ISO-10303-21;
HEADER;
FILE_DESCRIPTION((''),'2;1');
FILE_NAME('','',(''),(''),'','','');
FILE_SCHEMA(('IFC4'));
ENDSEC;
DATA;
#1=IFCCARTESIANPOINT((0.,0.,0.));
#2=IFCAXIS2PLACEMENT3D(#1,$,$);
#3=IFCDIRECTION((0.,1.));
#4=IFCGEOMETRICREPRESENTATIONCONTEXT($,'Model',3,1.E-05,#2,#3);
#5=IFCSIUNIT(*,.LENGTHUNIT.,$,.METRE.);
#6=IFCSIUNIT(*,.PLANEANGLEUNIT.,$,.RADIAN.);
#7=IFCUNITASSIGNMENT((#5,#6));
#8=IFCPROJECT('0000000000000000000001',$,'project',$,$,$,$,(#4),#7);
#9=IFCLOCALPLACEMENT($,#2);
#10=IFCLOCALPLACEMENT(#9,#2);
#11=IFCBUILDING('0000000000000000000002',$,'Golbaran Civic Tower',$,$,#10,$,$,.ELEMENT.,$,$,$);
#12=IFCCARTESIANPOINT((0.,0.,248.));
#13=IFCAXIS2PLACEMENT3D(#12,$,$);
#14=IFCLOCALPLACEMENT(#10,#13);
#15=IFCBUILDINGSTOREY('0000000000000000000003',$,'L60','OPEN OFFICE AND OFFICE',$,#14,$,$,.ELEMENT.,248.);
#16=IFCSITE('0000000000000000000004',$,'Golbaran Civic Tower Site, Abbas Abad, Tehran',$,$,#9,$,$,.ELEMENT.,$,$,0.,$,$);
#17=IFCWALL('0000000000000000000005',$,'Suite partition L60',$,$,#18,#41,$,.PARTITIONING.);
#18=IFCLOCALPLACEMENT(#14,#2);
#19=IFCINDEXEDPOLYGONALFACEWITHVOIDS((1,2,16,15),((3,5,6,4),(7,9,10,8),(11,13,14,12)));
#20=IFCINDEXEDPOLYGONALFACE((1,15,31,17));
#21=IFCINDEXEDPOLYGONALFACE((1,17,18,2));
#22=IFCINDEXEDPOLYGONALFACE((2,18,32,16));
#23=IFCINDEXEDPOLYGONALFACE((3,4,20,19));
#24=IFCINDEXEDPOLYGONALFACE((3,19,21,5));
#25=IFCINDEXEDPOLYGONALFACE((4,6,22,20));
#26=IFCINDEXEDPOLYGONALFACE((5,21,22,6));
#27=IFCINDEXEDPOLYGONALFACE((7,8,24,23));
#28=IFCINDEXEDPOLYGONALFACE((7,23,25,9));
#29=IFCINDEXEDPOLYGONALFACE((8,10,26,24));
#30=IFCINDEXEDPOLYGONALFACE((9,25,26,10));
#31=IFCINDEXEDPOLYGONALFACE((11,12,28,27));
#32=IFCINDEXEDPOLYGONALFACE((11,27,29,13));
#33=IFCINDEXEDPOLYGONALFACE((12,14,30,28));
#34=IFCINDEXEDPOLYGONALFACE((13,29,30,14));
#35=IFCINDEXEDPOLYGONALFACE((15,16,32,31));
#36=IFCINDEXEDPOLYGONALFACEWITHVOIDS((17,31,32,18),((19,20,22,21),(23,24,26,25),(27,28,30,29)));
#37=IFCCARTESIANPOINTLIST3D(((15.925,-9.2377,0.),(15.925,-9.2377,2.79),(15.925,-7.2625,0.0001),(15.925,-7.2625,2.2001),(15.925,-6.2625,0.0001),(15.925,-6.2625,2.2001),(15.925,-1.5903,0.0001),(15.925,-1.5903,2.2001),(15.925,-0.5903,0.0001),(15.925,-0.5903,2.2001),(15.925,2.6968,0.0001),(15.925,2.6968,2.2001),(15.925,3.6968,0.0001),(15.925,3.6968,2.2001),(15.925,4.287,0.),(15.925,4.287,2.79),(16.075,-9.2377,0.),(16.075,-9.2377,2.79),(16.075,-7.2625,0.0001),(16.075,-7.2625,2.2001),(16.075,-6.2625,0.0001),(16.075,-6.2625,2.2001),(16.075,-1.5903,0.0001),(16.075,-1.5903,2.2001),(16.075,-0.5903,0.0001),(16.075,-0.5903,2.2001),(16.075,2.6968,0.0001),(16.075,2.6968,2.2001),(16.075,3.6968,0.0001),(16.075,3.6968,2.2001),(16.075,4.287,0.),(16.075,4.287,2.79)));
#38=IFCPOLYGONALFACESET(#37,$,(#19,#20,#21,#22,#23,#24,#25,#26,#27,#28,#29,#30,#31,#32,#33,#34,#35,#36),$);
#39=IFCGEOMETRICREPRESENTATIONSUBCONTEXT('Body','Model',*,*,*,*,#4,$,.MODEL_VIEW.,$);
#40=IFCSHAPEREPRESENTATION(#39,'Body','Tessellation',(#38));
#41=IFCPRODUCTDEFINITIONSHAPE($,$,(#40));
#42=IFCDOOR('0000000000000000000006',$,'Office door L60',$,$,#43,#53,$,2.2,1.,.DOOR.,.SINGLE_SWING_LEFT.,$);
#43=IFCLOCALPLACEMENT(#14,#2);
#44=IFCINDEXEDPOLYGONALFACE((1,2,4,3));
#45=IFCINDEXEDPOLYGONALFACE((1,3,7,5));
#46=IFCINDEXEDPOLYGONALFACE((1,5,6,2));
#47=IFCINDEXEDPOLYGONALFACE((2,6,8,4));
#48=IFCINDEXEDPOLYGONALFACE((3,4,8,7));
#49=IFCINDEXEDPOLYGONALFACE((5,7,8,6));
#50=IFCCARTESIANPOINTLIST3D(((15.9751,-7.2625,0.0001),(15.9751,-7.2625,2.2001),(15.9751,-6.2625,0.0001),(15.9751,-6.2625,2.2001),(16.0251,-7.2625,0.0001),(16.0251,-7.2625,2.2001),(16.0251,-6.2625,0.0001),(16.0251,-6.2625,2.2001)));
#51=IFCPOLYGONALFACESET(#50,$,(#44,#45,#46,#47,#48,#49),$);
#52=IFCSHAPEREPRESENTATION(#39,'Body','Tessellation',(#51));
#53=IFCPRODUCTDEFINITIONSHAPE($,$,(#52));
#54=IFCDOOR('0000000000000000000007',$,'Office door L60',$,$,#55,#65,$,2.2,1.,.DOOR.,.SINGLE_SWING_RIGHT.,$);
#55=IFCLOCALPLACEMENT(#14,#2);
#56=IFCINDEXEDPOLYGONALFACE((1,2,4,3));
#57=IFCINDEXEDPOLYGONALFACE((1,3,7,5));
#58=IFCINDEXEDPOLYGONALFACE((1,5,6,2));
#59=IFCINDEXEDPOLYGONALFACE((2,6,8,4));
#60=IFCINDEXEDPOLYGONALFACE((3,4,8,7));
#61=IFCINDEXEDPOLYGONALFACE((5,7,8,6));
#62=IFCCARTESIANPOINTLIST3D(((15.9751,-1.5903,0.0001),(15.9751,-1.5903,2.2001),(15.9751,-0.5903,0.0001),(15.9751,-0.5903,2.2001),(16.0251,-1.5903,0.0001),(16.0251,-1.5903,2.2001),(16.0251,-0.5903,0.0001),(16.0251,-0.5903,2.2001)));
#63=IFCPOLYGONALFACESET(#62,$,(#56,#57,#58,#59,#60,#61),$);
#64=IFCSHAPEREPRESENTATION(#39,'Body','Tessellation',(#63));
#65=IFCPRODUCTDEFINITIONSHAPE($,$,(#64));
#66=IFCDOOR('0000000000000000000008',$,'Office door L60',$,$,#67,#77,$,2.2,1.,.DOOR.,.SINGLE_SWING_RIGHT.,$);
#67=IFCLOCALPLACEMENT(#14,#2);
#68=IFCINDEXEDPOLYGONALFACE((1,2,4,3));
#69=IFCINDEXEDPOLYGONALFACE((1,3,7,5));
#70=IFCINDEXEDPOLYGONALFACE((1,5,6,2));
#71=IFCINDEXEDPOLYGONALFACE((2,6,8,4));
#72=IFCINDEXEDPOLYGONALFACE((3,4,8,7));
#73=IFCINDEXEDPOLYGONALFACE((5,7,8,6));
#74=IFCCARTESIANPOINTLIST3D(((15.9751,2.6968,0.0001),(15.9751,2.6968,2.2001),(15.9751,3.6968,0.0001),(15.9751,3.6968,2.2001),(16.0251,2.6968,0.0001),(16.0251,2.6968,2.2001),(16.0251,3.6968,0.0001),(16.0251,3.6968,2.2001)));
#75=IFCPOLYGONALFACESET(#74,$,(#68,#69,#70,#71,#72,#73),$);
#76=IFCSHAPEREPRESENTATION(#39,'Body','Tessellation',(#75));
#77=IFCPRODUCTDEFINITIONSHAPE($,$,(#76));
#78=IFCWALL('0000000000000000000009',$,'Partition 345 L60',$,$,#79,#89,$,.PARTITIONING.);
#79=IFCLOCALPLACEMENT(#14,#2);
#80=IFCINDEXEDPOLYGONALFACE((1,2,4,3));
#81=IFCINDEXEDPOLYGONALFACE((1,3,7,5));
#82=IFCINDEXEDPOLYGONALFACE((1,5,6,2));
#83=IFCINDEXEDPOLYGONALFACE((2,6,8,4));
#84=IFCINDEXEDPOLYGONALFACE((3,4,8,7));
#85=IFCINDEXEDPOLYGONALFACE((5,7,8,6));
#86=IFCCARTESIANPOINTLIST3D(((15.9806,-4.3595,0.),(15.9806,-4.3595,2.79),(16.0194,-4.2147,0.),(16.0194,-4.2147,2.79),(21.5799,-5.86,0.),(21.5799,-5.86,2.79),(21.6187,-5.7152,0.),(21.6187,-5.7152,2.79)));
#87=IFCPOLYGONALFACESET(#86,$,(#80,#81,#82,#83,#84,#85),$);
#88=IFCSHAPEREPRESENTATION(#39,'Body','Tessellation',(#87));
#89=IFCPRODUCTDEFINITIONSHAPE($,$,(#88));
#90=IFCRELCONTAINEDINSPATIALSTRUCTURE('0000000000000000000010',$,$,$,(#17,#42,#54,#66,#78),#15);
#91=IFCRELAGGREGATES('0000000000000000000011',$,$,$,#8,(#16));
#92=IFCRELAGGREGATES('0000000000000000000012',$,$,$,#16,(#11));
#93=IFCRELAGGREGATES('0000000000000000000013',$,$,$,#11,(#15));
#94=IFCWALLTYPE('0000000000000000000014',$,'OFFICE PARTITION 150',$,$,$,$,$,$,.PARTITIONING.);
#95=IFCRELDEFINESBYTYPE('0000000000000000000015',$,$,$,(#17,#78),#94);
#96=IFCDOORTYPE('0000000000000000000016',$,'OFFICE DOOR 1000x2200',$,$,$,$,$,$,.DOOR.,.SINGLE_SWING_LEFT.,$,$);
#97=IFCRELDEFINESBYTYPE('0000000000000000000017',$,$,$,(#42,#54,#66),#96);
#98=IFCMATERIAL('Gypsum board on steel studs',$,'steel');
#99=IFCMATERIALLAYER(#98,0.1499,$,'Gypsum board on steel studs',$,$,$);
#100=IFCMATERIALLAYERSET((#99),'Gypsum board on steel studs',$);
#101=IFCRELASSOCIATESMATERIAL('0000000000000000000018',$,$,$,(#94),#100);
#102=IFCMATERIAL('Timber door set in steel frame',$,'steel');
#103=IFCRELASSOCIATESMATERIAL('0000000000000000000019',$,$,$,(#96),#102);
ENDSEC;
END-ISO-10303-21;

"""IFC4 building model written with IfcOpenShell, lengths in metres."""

from ifc_helpers import new_model, si_unit, direction, frame, frame_2d, origin, place, context, subcontext, project, spatial, rectangle, extrude, material, layer, layer_set, type_object, element, fill, save


model = new_model("IFC4")

# Units and contexts
model_context = context("Model", 3, precision=1e-05, world=origin(), true_north=direction((0.0, 1.0)))
body_context = subcontext(model_context, "Body", "Model", "MODEL_VIEW")
ifc_project = project(units=[si_unit("LENGTHUNIT", "METRE"), si_unit("PLANEANGLEUNIT", "RADIAN")], contexts=[model_context])

# Site, building, storey
site_placement = place(None, origin())
site = spatial("IfcSite", under=ifc_project, at=site_placement, Name="Golbaran Civic Tower Site, Abbas Abad, Tehran", CompositionType="ELEMENT", RefElevation=0.0)
building_placement = place(site_placement, origin())
building = spatial("IfcBuilding", under=site, at=building_placement, Name="Golbaran Civic Tower", CompositionType="ELEMENT")
storey_placement = place(building_placement, frame((0.0, 0.0, 248.0)))
storey = spatial("IfcBuildingStorey", under=building, at=storey_placement, Name="L60", Description="OPEN OFFICE AND OFFICE", CompositionType="ELEMENT", Elevation=248.0)

# Wall, openings, doors
ifc_material_1 = material(Name="Gypsum board on steel studs", Category="steel")
ifc_layer_1 = layer(ifc_material_1, 0.1499, Name="Gypsum board on steel studs")
ifc_layer_set_1 = layer_set([ifc_layer_1], Name="Gypsum board on steel studs")
wall_type = type_object("IfcWallType", Name="OFFICE PARTITION 150", PredefinedType="PARTITIONING", material=ifc_layer_set_1)
wall_1_placement = place(storey_placement, frame((16.0, -9.2375, 0.0), z_axis=(0.0, 0.0, 1.0), x_axis=(0.0, 1.0, 0.0)))
wall_1 = element("IfcWall", 1, at=wall_1_placement, inside=storey, type_object=wall_type, Name="Suite partition L60", PredefinedType="PARTITIONING", context=body_context, shape_type="SweptSolid", body=[
    extrude(rectangle(XDim=13.5247, YDim=0.1499, at=frame_2d((6.7622, 0.0))), origin(), (0.0, 0.0, 1.0), 2.79),
])
opening_1_placement = place(wall_1_placement, frame((1.9751, 0.0, 0.0)))
opening_1 = element("IfcOpeningElement", 2, at=opening_1_placement, cuts=wall_1, PredefinedType="OPENING", context=body_context, shape_type="SweptSolid", body=[
    extrude(rectangle(XDim=1.0, YDim=2.2, at=frame_2d((0.5, 1.1001))), frame((0.0, 0.085, 0.0), z_axis=(0.0, -1.0, 0.0), x_axis=(1.0, 0.0, 0.0)), (0.0, 0.0, 1.0), 0.1699),
])
opening_2_placement = place(wall_1_placement, frame((7.6472, 0.0, 0.0)))
opening_2 = element("IfcOpeningElement", 3, at=opening_2_placement, cuts=wall_1, PredefinedType="OPENING", context=body_context, shape_type="SweptSolid", body=[
    extrude(rectangle(XDim=1.0, YDim=2.2, at=frame_2d((0.5, 1.1001))), frame((0.0, 0.085, 0.0), z_axis=(0.0, -1.0, 0.0), x_axis=(1.0, 0.0, 0.0)), (0.0, 0.0, 1.0), 0.1699),
])
opening_3_placement = place(wall_1_placement, frame((11.9343, 0.0, 0.0)))
opening_3 = element("IfcOpeningElement", 4, at=opening_3_placement, cuts=wall_1, PredefinedType="OPENING", context=body_context, shape_type="SweptSolid", body=[
    extrude(rectangle(XDim=1.0, YDim=2.2, at=frame_2d((0.5, 1.1001))), frame((0.0, 0.085, 0.0), z_axis=(0.0, -1.0, 0.0), x_axis=(1.0, 0.0, 0.0)), (0.0, 0.0, 1.0), 0.1699),
])
ifc_material_2 = material(Name="Timber door set in steel frame", Category="steel")
door_type = type_object("IfcDoorType", Name="OFFICE DOOR 1000x2200", OperationType="SINGLE_SWING_LEFT", PredefinedType="DOOR", material=ifc_material_2)
door_1_placement = place(opening_1_placement, origin())
door_1 = element("IfcDoor", 5, at=door_1_placement, inside=storey, type_object=door_type, Name="Office door L60", OperationType="SINGLE_SWING_LEFT", OverallHeight=2.2, OverallWidth=1.0, PredefinedType="DOOR", context=body_context, shape_type="SweptSolid", body=[
    extrude(rectangle(XDim=1.0, YDim=2.2, at=frame_2d((0.5, 1.1001))), frame((0.0, 0.0249, 0.0), z_axis=(0.0, -1.0, 0.0), x_axis=(1.0, 0.0, 0.0)), (0.0, 0.0, 1.0), 0.05),
])
fill(opening_1, door_1)
door_2_placement = place(opening_2_placement, origin())
door_2 = element("IfcDoor", 6, at=door_2_placement, inside=storey, type_object=door_type, Name="Office door L60", OperationType="SINGLE_SWING_RIGHT", OverallHeight=2.2, OverallWidth=1.0, PredefinedType="DOOR", context=body_context, shape_type="SweptSolid", body=[
    extrude(rectangle(XDim=1.0, YDim=2.2, at=frame_2d((0.5, 1.1001))), frame((0.0, 0.0249, 0.0), z_axis=(0.0, -1.0, 0.0), x_axis=(1.0, 0.0, 0.0)), (0.0, 0.0, 1.0), 0.05),
])
fill(opening_2, door_2)
door_3_placement = place(opening_3_placement, origin())
door_3 = element("IfcDoor", 7, at=door_3_placement, inside=storey, type_object=door_type, Name="Office door L60", OperationType="SINGLE_SWING_RIGHT", OverallHeight=2.2, OverallWidth=1.0, PredefinedType="DOOR", context=body_context, shape_type="SweptSolid", body=[
    extrude(rectangle(XDim=1.0, YDim=2.2, at=frame_2d((0.5, 1.1001))), frame((0.0, 0.0249, 0.0), z_axis=(0.0, -1.0, 0.0), x_axis=(1.0, 0.0, 0.0)), (0.0, 0.0, 1.0), 0.05),
])
fill(opening_3, door_3)

# Wall
wall_2_placement = place(storey_placement, frame((16.0, -4.2871, 0.0), z_axis=(0.0, 0.0, 1.0), x_axis=(0.96592, -0.258842, 0.0)))
element("IfcWall", 8, at=wall_2_placement, inside=storey, type_object=wall_type, Name="Partition 345 L60", PredefinedType="PARTITIONING", context=body_context, shape_type="SweptSolid", body=[
    extrude(rectangle(XDim=5.7969, YDim=0.1499, at=frame_2d((2.8984, 0.0))), origin(), (0.0, 0.0, 1.0), 2.79),
])

save(model, "model.ifc")
